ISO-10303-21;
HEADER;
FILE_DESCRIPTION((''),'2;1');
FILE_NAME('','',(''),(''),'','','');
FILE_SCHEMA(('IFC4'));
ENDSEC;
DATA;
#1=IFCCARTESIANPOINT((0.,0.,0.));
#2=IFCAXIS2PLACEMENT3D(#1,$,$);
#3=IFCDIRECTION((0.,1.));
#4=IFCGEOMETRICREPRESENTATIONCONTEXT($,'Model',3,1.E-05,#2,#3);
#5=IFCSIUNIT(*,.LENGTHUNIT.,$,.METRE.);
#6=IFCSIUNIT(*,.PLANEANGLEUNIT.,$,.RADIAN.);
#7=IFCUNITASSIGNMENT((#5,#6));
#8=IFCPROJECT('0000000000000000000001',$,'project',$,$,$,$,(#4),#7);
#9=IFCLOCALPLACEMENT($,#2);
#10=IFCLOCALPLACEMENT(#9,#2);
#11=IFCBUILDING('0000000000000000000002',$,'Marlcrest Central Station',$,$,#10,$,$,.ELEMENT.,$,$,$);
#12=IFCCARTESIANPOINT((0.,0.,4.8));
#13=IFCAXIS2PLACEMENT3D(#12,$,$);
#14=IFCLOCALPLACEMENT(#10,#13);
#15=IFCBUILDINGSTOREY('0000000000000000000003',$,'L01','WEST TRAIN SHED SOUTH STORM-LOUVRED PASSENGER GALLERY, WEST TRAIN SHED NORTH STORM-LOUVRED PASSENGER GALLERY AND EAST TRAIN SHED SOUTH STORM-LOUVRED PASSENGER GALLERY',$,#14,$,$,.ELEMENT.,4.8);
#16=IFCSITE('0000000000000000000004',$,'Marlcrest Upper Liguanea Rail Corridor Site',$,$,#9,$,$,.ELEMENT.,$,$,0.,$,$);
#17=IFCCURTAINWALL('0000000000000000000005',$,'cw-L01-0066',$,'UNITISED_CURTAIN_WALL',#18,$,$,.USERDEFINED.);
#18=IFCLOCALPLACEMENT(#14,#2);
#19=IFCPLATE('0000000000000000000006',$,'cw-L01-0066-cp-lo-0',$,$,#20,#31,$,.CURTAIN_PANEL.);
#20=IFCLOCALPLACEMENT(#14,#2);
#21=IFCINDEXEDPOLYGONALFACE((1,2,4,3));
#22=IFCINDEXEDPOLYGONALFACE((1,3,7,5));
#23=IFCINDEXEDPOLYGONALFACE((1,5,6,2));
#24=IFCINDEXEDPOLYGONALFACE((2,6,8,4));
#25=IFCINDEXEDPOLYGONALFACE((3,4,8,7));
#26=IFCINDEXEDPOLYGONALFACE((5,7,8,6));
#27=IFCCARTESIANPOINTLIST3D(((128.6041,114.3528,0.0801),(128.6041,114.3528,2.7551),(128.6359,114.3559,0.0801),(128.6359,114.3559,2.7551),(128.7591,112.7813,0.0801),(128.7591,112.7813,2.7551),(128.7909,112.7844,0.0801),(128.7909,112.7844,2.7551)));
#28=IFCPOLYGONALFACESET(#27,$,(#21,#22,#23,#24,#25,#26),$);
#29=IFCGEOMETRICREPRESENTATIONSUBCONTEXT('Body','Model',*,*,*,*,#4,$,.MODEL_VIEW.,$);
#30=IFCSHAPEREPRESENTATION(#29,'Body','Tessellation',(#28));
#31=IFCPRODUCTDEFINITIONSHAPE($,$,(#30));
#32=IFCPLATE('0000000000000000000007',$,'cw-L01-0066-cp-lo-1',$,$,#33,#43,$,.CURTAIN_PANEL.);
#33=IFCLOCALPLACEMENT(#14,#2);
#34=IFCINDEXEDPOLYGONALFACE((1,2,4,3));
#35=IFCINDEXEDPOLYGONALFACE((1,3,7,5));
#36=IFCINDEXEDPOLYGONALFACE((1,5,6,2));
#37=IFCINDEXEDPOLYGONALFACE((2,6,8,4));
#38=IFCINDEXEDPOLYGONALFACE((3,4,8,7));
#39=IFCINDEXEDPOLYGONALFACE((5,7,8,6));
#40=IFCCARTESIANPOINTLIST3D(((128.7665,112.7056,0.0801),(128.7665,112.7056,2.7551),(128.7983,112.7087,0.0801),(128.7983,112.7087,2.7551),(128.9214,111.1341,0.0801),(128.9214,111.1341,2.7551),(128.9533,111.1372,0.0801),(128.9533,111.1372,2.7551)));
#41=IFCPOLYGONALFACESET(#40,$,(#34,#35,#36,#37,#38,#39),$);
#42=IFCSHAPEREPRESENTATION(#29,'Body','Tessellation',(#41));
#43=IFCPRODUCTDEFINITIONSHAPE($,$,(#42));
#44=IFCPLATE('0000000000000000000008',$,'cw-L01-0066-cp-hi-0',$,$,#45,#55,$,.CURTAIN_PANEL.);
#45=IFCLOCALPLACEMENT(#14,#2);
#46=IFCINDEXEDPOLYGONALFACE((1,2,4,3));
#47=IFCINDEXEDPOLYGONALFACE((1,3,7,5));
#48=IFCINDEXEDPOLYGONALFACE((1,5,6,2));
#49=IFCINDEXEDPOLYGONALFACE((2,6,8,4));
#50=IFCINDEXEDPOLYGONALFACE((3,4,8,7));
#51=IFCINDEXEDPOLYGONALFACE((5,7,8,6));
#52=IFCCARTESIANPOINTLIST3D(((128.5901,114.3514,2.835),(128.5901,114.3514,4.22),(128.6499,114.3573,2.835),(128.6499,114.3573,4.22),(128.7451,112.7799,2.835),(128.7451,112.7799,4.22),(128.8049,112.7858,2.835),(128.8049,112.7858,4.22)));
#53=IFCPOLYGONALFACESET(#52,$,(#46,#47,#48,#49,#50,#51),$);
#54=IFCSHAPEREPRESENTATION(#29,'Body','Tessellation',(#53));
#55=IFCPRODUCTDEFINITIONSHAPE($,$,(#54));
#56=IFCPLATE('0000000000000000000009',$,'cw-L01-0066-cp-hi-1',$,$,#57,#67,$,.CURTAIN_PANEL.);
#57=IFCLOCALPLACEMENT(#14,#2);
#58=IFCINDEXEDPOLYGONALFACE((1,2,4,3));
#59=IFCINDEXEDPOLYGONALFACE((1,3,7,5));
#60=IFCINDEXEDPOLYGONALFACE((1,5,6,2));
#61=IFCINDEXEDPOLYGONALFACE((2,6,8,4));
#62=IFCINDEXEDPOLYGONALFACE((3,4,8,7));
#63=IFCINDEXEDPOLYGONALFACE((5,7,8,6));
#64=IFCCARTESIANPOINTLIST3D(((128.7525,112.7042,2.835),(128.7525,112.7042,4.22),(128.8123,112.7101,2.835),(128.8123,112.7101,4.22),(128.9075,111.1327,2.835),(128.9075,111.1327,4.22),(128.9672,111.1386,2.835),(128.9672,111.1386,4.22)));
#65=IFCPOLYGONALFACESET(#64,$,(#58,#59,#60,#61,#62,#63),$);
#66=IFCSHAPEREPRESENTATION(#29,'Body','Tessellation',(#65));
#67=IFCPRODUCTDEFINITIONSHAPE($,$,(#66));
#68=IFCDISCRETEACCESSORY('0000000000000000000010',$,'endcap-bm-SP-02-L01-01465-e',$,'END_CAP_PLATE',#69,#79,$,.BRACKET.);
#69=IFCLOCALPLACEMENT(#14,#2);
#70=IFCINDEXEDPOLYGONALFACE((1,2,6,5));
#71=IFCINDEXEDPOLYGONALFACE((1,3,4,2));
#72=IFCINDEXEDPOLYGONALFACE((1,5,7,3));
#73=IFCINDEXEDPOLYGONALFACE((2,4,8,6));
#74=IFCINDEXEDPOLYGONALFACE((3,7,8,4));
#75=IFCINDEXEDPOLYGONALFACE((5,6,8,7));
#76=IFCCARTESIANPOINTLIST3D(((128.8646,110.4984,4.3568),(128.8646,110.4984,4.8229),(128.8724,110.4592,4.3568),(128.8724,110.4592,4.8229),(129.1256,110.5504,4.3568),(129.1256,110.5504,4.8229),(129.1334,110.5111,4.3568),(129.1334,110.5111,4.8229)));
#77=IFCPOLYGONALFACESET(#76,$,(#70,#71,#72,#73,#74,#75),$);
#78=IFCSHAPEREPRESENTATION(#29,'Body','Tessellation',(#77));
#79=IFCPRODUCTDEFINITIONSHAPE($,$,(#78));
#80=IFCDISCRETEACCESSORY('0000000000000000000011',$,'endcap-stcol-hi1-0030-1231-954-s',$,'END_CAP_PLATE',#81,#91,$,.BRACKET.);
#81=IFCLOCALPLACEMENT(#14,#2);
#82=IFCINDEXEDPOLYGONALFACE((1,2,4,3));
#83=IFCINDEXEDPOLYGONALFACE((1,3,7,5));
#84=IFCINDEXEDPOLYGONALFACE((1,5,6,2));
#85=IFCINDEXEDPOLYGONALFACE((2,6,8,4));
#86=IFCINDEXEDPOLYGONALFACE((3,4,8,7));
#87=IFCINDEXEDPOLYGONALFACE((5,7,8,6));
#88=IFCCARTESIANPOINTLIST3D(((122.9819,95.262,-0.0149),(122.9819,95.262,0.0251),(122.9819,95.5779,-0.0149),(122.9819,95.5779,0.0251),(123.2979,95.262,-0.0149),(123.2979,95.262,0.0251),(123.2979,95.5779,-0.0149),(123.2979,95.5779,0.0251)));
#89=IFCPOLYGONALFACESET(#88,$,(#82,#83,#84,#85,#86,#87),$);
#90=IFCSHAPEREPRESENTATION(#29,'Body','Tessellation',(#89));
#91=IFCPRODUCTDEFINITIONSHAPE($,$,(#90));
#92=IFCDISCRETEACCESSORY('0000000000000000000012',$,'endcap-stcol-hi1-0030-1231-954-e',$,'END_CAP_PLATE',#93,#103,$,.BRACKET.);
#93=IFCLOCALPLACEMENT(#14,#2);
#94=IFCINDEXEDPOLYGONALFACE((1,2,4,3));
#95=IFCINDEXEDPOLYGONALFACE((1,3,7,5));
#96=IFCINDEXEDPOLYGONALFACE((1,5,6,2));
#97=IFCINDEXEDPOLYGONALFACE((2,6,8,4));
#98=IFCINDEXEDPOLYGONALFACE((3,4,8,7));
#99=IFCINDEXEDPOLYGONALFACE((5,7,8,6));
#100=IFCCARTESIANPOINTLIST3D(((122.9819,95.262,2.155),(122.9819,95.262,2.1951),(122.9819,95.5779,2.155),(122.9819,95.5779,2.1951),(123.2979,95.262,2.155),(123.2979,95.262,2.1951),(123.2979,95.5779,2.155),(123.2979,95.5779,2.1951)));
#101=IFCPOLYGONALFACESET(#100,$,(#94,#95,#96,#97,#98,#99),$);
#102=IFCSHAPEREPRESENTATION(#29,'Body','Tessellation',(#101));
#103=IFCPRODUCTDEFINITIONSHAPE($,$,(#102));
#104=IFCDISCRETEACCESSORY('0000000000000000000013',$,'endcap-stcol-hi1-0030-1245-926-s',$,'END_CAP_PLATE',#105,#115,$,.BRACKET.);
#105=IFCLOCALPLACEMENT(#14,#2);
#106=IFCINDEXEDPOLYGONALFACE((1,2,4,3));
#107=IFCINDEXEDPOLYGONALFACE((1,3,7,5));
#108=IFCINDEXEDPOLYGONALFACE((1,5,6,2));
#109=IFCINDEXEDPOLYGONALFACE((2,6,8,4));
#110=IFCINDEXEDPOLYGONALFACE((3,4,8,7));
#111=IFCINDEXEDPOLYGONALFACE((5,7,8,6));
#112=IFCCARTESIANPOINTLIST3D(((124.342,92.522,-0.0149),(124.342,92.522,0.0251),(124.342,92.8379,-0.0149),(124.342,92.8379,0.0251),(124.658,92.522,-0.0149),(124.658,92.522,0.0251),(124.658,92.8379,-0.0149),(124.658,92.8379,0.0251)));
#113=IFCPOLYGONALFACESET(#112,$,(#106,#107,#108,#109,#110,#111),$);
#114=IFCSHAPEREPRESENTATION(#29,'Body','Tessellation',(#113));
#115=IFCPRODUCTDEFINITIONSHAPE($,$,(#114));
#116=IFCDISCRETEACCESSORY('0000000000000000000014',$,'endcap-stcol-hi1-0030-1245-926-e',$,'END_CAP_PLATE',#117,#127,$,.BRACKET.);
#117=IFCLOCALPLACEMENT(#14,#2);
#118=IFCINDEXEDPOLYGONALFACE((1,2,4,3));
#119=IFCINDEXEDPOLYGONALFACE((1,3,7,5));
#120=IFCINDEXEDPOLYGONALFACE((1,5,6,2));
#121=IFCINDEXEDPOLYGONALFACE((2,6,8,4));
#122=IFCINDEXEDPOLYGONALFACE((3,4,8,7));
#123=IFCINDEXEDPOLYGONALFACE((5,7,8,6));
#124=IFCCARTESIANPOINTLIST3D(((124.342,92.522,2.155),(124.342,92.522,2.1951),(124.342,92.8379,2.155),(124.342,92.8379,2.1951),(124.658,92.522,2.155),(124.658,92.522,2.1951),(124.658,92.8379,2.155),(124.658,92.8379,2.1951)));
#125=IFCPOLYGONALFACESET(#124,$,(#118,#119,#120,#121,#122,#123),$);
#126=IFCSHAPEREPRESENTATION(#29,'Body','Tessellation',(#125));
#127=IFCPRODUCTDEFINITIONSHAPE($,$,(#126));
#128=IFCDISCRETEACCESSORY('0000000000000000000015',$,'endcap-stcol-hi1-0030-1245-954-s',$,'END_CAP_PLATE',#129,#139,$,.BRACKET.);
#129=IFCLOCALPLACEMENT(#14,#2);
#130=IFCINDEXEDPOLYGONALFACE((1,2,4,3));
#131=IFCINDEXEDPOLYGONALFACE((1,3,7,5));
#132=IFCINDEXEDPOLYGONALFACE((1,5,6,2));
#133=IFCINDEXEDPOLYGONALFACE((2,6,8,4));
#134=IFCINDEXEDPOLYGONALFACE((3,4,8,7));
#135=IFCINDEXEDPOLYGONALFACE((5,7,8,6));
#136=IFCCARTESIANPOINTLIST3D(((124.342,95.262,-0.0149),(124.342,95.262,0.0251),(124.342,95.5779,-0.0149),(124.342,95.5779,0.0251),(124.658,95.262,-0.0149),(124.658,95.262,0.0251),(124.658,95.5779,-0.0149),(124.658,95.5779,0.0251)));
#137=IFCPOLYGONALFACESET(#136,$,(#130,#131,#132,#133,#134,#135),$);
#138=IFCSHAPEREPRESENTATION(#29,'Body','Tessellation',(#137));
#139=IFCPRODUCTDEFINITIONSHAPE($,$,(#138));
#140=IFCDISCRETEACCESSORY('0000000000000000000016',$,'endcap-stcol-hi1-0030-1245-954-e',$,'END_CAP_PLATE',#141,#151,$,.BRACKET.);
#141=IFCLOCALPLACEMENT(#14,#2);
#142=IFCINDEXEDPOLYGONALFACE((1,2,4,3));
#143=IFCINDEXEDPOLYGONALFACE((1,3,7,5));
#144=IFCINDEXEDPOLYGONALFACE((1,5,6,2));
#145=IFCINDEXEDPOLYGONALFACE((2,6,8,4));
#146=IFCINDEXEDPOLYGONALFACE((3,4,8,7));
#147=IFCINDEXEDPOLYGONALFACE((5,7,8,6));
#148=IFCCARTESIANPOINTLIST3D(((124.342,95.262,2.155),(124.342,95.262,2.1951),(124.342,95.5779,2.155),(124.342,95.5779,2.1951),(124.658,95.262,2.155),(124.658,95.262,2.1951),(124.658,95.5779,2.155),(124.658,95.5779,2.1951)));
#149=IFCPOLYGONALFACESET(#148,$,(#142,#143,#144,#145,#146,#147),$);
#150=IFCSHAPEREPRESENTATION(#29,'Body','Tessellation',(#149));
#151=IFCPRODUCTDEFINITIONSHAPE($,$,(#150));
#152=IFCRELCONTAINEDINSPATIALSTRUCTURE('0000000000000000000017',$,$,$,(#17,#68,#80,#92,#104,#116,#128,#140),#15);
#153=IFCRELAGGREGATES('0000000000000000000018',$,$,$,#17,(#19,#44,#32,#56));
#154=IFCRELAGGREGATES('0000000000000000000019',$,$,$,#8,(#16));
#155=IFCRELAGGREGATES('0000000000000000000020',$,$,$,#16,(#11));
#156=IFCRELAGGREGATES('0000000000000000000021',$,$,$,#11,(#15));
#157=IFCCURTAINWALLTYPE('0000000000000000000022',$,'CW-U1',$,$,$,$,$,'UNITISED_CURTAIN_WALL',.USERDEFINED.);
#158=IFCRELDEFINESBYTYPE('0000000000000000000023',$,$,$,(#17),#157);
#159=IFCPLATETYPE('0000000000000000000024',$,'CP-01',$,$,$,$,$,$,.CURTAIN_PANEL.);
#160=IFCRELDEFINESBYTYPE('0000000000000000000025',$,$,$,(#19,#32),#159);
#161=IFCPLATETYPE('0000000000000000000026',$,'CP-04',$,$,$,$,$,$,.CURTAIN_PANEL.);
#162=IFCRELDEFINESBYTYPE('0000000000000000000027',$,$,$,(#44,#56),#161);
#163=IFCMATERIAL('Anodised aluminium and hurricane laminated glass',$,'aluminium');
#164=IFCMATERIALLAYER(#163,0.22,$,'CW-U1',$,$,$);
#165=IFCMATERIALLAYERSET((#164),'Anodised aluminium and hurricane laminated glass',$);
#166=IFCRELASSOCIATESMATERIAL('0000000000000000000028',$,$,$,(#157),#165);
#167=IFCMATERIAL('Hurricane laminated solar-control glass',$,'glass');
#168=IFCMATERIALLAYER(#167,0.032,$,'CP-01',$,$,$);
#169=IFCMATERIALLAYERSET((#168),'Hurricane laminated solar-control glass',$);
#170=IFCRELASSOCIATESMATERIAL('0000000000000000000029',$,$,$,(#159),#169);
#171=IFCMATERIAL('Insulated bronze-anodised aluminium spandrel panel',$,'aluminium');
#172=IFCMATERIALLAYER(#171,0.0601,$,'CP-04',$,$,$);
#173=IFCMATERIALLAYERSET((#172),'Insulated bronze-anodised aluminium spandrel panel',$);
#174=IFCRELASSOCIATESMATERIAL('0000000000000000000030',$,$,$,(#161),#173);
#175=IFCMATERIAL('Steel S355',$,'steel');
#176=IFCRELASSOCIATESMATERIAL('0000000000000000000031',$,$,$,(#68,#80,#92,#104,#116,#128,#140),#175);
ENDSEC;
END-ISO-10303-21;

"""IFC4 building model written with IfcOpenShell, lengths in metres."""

from ifc_helpers import new_model, si_unit, direction, frame, origin, origin_2d, place, context, subcontext, project, spatial, rectangle, extrude, material, layer, layer_set, type_object, element, aggregate, save


model = new_model("IFC4")

# Units and contexts
model_context = context("Model", 3, precision=1e-05, world=origin(), true_north=direction((0.0, 1.0)))
body_context = subcontext(model_context, "Body", "Model", "MODEL_VIEW")
ifc_project = project(units=[si_unit("LENGTHUNIT", "METRE"), si_unit("PLANEANGLEUNIT", "RADIAN")], contexts=[model_context])

# Site, building, storey
site_placement = place(None, origin())
site = spatial("IfcSite", under=ifc_project, at=site_placement, Name="Marlcrest Upper Liguanea Rail Corridor Site", CompositionType="ELEMENT", RefElevation=0.0)
building_placement = place(site_placement, origin())
building = spatial("IfcBuilding", under=site, at=building_placement, Name="Marlcrest Central Station", CompositionType="ELEMENT")
storey_placement = place(building_placement, frame((0.0, 0.0, 4.8)))
storey = spatial("IfcBuildingStorey", under=building, at=storey_placement, Name="L01", Description="WEST TRAIN SHED SOUTH STORM-LOUVRED PASSENGER GALLERY, WEST TRAIN SHED NORTH STORM-LOUVRED PASSENGER GALLERY AND EAST TRAIN SHED SOUTH STORM-LOUVRED PASSENGER GALLERY", CompositionType="ELEMENT", Elevation=4.8)

# Shared definitions
ifc_material_1 = material(Name="Steel S355", Category="steel")

# Curtain wall, plates
ifc_material_2 = material(Name="Anodised aluminium and hurricane laminated glass", Category="aluminium")
ifc_layer_1 = layer(ifc_material_2, 0.22, Name="CW-U1")
ifc_layer_set_1 = layer_set([ifc_layer_1], Name="Anodised aluminium and hurricane laminated glass")
curtain_wall_type = type_object("IfcCurtainWallType", Name="CW-U1", ElementType="UNITISED_CURTAIN_WALL", PredefinedType="USERDEFINED", material=ifc_layer_set_1)
curtain_wall_placement = place(storey_placement, origin())
curtain_wall = element("IfcCurtainWall", 1, at=curtain_wall_placement, inside=storey, type_object=curtain_wall_type, Name="cw-L01-0066", ObjectType="UNITISED_CURTAIN_WALL", PredefinedType="USERDEFINED")
ifc_material_3 = material(Name="Hurricane laminated solar-control glass", Category="glass")
ifc_layer_2 = layer(ifc_material_3, 0.032, Name="CP-01")
ifc_layer_set_2 = layer_set([ifc_layer_2], Name="Hurricane laminated solar-control glass")
plate_type_1 = type_object("IfcPlateType", Name="CP-01", PredefinedType="CURTAIN_PANEL", material=ifc_layer_set_2)
plate_1_placement = place(storey_placement, frame((128.6975, 113.5686, 0.0801), z_axis=(0.0, 0.0, 1.0), x_axis=(0.098139, -0.995173, 0.0)))
plate_1 = element("IfcPlate", 2, at=plate_1_placement, type_object=plate_type_1, Name="cw-L01-0066-cp-lo-0", PredefinedType="CURTAIN_PANEL", context=body_context, shape_type="SweptSolid", body=[
    extrude(rectangle(XDim=1.5791, YDim=0.032, at=origin_2d()), origin(), (0.0, 0.0, 1.0), 2.675),
])
plate_2_placement = place(storey_placement, frame((128.8599, 111.9214, 0.0801), z_axis=(0.0, 0.0, 1.0), x_axis=(0.098139, -0.995173, 0.0)))
plate_2 = element("IfcPlate", 3, at=plate_2_placement, type_object=plate_type_1, Name="cw-L01-0066-cp-lo-1", PredefinedType="CURTAIN_PANEL", context=body_context, shape_type="SweptSolid", body=[
    extrude(rectangle(XDim=1.5791, YDim=0.032, at=origin_2d()), origin(), (0.0, 0.0, 1.0), 2.675),
])
ifc_material_4 = material(Name="Insulated bronze-anodised aluminium spandrel panel", Category="aluminium")
ifc_layer_3 = layer(ifc_material_4, 0.0601, Name="CP-04")
ifc_layer_set_3 = layer_set([ifc_layer_3], Name="Insulated bronze-anodised aluminium spandrel panel")
plate_type_2 = type_object("IfcPlateType", Name="CP-04", PredefinedType="CURTAIN_PANEL", material=ifc_layer_set_3)
plate_3_placement = place(storey_placement, frame((128.6975, 113.5686, 2.835), z_axis=(0.0, 0.0, 1.0), x_axis=(0.098139, -0.995173, 0.0)))
plate_3 = element("IfcPlate", 4, at=plate_3_placement, type_object=plate_type_2, Name="cw-L01-0066-cp-hi-0", PredefinedType="CURTAIN_PANEL", context=body_context, shape_type="SweptSolid", body=[
    extrude(rectangle(XDim=1.5791, YDim=0.0601, at=origin_2d()), origin(), (0.0, 0.0, 1.0), 1.385),
])
plate_4_placement = place(storey_placement, frame((128.8599, 111.9214, 2.835), z_axis=(0.0, 0.0, 1.0), x_axis=(0.098139, -0.995173, 0.0)))
plate_4 = element("IfcPlate", 5, at=plate_4_placement, type_object=plate_type_2, Name="cw-L01-0066-cp-hi-1", PredefinedType="CURTAIN_PANEL", context=body_context, shape_type="SweptSolid", body=[
    extrude(rectangle(XDim=1.5791, YDim=0.0601, at=origin_2d()), origin(), (0.0, 0.0, 1.0), 1.385),
])
aggregate(curtain_wall, [plate_1, plate_3, plate_2, plate_4])

# Discrete accessories
discrete_accessory_placement = place(storey_placement, frame((128.9951, 110.5244, 4.5898), z_axis=(0.195171, -0.980769, 0.0), x_axis=(0.980769, 0.195171, 0.0)))
element("IfcDiscreteAccessory", 6, at=discrete_accessory_placement, inside=storey, material=ifc_material_1, Name="endcap-bm-SP-02-L01-01465-e", ObjectType="END_CAP_PLATE", PredefinedType="BRACKET", context=body_context, shape_type="SweptSolid", body=[
    extrude(rectangle(XDim=0.2661, YDim=0.4661, at=origin_2d()), origin(), (0.0, 0.0, 1.0), 0.04),
])
for number, where, z_axis, x_axis, name in (
    (7, (123.1399, 95.4199, -0.0149), (0.0, 0.0, 1.0), (1.0, 0.0, 0.0), "endcap-stcol-hi1-0030-1231-954-s"),
    (8, (123.1399, 95.4199, 2.155), (0.0, 0.0, 1.0), (1.0, 0.0, 0.0), "endcap-stcol-hi1-0030-1231-954-e"),
    (9, (124.5, 92.6799, -0.0149), (0.0, 0.0, 1.0), (1.0, 0.0, 0.0), "endcap-stcol-hi1-0030-1245-926-s"),
    (10, (124.5, 92.6799, 2.155), (0.0, 0.0, 1.0), (1.0, 0.0, 0.0), "endcap-stcol-hi1-0030-1245-926-e"),
    (11, (124.5, 95.4199, -0.0149), (0.0, 0.0, 1.0), (1.0, 0.0, 0.0), "endcap-stcol-hi1-0030-1245-954-s"),
    (12, (124.5, 95.4199, 2.155), (0.0, 0.0, 1.0), (1.0, 0.0, 0.0), "endcap-stcol-hi1-0030-1245-954-e"),
):
    element("IfcDiscreteAccessory", number, at=place(storey_placement, frame(where, z_axis=z_axis, x_axis=x_axis)), inside=storey, material=ifc_material_1, Name=name, ObjectType="END_CAP_PLATE", PredefinedType="BRACKET", context=body_context, shape_type="SweptSolid", body=[
        extrude(rectangle(XDim=0.3159, YDim=0.3159, at=origin_2d()), origin(), (0.0, 0.0, 1.0), 0.04),
    ])

save(model, "model.ifc")
